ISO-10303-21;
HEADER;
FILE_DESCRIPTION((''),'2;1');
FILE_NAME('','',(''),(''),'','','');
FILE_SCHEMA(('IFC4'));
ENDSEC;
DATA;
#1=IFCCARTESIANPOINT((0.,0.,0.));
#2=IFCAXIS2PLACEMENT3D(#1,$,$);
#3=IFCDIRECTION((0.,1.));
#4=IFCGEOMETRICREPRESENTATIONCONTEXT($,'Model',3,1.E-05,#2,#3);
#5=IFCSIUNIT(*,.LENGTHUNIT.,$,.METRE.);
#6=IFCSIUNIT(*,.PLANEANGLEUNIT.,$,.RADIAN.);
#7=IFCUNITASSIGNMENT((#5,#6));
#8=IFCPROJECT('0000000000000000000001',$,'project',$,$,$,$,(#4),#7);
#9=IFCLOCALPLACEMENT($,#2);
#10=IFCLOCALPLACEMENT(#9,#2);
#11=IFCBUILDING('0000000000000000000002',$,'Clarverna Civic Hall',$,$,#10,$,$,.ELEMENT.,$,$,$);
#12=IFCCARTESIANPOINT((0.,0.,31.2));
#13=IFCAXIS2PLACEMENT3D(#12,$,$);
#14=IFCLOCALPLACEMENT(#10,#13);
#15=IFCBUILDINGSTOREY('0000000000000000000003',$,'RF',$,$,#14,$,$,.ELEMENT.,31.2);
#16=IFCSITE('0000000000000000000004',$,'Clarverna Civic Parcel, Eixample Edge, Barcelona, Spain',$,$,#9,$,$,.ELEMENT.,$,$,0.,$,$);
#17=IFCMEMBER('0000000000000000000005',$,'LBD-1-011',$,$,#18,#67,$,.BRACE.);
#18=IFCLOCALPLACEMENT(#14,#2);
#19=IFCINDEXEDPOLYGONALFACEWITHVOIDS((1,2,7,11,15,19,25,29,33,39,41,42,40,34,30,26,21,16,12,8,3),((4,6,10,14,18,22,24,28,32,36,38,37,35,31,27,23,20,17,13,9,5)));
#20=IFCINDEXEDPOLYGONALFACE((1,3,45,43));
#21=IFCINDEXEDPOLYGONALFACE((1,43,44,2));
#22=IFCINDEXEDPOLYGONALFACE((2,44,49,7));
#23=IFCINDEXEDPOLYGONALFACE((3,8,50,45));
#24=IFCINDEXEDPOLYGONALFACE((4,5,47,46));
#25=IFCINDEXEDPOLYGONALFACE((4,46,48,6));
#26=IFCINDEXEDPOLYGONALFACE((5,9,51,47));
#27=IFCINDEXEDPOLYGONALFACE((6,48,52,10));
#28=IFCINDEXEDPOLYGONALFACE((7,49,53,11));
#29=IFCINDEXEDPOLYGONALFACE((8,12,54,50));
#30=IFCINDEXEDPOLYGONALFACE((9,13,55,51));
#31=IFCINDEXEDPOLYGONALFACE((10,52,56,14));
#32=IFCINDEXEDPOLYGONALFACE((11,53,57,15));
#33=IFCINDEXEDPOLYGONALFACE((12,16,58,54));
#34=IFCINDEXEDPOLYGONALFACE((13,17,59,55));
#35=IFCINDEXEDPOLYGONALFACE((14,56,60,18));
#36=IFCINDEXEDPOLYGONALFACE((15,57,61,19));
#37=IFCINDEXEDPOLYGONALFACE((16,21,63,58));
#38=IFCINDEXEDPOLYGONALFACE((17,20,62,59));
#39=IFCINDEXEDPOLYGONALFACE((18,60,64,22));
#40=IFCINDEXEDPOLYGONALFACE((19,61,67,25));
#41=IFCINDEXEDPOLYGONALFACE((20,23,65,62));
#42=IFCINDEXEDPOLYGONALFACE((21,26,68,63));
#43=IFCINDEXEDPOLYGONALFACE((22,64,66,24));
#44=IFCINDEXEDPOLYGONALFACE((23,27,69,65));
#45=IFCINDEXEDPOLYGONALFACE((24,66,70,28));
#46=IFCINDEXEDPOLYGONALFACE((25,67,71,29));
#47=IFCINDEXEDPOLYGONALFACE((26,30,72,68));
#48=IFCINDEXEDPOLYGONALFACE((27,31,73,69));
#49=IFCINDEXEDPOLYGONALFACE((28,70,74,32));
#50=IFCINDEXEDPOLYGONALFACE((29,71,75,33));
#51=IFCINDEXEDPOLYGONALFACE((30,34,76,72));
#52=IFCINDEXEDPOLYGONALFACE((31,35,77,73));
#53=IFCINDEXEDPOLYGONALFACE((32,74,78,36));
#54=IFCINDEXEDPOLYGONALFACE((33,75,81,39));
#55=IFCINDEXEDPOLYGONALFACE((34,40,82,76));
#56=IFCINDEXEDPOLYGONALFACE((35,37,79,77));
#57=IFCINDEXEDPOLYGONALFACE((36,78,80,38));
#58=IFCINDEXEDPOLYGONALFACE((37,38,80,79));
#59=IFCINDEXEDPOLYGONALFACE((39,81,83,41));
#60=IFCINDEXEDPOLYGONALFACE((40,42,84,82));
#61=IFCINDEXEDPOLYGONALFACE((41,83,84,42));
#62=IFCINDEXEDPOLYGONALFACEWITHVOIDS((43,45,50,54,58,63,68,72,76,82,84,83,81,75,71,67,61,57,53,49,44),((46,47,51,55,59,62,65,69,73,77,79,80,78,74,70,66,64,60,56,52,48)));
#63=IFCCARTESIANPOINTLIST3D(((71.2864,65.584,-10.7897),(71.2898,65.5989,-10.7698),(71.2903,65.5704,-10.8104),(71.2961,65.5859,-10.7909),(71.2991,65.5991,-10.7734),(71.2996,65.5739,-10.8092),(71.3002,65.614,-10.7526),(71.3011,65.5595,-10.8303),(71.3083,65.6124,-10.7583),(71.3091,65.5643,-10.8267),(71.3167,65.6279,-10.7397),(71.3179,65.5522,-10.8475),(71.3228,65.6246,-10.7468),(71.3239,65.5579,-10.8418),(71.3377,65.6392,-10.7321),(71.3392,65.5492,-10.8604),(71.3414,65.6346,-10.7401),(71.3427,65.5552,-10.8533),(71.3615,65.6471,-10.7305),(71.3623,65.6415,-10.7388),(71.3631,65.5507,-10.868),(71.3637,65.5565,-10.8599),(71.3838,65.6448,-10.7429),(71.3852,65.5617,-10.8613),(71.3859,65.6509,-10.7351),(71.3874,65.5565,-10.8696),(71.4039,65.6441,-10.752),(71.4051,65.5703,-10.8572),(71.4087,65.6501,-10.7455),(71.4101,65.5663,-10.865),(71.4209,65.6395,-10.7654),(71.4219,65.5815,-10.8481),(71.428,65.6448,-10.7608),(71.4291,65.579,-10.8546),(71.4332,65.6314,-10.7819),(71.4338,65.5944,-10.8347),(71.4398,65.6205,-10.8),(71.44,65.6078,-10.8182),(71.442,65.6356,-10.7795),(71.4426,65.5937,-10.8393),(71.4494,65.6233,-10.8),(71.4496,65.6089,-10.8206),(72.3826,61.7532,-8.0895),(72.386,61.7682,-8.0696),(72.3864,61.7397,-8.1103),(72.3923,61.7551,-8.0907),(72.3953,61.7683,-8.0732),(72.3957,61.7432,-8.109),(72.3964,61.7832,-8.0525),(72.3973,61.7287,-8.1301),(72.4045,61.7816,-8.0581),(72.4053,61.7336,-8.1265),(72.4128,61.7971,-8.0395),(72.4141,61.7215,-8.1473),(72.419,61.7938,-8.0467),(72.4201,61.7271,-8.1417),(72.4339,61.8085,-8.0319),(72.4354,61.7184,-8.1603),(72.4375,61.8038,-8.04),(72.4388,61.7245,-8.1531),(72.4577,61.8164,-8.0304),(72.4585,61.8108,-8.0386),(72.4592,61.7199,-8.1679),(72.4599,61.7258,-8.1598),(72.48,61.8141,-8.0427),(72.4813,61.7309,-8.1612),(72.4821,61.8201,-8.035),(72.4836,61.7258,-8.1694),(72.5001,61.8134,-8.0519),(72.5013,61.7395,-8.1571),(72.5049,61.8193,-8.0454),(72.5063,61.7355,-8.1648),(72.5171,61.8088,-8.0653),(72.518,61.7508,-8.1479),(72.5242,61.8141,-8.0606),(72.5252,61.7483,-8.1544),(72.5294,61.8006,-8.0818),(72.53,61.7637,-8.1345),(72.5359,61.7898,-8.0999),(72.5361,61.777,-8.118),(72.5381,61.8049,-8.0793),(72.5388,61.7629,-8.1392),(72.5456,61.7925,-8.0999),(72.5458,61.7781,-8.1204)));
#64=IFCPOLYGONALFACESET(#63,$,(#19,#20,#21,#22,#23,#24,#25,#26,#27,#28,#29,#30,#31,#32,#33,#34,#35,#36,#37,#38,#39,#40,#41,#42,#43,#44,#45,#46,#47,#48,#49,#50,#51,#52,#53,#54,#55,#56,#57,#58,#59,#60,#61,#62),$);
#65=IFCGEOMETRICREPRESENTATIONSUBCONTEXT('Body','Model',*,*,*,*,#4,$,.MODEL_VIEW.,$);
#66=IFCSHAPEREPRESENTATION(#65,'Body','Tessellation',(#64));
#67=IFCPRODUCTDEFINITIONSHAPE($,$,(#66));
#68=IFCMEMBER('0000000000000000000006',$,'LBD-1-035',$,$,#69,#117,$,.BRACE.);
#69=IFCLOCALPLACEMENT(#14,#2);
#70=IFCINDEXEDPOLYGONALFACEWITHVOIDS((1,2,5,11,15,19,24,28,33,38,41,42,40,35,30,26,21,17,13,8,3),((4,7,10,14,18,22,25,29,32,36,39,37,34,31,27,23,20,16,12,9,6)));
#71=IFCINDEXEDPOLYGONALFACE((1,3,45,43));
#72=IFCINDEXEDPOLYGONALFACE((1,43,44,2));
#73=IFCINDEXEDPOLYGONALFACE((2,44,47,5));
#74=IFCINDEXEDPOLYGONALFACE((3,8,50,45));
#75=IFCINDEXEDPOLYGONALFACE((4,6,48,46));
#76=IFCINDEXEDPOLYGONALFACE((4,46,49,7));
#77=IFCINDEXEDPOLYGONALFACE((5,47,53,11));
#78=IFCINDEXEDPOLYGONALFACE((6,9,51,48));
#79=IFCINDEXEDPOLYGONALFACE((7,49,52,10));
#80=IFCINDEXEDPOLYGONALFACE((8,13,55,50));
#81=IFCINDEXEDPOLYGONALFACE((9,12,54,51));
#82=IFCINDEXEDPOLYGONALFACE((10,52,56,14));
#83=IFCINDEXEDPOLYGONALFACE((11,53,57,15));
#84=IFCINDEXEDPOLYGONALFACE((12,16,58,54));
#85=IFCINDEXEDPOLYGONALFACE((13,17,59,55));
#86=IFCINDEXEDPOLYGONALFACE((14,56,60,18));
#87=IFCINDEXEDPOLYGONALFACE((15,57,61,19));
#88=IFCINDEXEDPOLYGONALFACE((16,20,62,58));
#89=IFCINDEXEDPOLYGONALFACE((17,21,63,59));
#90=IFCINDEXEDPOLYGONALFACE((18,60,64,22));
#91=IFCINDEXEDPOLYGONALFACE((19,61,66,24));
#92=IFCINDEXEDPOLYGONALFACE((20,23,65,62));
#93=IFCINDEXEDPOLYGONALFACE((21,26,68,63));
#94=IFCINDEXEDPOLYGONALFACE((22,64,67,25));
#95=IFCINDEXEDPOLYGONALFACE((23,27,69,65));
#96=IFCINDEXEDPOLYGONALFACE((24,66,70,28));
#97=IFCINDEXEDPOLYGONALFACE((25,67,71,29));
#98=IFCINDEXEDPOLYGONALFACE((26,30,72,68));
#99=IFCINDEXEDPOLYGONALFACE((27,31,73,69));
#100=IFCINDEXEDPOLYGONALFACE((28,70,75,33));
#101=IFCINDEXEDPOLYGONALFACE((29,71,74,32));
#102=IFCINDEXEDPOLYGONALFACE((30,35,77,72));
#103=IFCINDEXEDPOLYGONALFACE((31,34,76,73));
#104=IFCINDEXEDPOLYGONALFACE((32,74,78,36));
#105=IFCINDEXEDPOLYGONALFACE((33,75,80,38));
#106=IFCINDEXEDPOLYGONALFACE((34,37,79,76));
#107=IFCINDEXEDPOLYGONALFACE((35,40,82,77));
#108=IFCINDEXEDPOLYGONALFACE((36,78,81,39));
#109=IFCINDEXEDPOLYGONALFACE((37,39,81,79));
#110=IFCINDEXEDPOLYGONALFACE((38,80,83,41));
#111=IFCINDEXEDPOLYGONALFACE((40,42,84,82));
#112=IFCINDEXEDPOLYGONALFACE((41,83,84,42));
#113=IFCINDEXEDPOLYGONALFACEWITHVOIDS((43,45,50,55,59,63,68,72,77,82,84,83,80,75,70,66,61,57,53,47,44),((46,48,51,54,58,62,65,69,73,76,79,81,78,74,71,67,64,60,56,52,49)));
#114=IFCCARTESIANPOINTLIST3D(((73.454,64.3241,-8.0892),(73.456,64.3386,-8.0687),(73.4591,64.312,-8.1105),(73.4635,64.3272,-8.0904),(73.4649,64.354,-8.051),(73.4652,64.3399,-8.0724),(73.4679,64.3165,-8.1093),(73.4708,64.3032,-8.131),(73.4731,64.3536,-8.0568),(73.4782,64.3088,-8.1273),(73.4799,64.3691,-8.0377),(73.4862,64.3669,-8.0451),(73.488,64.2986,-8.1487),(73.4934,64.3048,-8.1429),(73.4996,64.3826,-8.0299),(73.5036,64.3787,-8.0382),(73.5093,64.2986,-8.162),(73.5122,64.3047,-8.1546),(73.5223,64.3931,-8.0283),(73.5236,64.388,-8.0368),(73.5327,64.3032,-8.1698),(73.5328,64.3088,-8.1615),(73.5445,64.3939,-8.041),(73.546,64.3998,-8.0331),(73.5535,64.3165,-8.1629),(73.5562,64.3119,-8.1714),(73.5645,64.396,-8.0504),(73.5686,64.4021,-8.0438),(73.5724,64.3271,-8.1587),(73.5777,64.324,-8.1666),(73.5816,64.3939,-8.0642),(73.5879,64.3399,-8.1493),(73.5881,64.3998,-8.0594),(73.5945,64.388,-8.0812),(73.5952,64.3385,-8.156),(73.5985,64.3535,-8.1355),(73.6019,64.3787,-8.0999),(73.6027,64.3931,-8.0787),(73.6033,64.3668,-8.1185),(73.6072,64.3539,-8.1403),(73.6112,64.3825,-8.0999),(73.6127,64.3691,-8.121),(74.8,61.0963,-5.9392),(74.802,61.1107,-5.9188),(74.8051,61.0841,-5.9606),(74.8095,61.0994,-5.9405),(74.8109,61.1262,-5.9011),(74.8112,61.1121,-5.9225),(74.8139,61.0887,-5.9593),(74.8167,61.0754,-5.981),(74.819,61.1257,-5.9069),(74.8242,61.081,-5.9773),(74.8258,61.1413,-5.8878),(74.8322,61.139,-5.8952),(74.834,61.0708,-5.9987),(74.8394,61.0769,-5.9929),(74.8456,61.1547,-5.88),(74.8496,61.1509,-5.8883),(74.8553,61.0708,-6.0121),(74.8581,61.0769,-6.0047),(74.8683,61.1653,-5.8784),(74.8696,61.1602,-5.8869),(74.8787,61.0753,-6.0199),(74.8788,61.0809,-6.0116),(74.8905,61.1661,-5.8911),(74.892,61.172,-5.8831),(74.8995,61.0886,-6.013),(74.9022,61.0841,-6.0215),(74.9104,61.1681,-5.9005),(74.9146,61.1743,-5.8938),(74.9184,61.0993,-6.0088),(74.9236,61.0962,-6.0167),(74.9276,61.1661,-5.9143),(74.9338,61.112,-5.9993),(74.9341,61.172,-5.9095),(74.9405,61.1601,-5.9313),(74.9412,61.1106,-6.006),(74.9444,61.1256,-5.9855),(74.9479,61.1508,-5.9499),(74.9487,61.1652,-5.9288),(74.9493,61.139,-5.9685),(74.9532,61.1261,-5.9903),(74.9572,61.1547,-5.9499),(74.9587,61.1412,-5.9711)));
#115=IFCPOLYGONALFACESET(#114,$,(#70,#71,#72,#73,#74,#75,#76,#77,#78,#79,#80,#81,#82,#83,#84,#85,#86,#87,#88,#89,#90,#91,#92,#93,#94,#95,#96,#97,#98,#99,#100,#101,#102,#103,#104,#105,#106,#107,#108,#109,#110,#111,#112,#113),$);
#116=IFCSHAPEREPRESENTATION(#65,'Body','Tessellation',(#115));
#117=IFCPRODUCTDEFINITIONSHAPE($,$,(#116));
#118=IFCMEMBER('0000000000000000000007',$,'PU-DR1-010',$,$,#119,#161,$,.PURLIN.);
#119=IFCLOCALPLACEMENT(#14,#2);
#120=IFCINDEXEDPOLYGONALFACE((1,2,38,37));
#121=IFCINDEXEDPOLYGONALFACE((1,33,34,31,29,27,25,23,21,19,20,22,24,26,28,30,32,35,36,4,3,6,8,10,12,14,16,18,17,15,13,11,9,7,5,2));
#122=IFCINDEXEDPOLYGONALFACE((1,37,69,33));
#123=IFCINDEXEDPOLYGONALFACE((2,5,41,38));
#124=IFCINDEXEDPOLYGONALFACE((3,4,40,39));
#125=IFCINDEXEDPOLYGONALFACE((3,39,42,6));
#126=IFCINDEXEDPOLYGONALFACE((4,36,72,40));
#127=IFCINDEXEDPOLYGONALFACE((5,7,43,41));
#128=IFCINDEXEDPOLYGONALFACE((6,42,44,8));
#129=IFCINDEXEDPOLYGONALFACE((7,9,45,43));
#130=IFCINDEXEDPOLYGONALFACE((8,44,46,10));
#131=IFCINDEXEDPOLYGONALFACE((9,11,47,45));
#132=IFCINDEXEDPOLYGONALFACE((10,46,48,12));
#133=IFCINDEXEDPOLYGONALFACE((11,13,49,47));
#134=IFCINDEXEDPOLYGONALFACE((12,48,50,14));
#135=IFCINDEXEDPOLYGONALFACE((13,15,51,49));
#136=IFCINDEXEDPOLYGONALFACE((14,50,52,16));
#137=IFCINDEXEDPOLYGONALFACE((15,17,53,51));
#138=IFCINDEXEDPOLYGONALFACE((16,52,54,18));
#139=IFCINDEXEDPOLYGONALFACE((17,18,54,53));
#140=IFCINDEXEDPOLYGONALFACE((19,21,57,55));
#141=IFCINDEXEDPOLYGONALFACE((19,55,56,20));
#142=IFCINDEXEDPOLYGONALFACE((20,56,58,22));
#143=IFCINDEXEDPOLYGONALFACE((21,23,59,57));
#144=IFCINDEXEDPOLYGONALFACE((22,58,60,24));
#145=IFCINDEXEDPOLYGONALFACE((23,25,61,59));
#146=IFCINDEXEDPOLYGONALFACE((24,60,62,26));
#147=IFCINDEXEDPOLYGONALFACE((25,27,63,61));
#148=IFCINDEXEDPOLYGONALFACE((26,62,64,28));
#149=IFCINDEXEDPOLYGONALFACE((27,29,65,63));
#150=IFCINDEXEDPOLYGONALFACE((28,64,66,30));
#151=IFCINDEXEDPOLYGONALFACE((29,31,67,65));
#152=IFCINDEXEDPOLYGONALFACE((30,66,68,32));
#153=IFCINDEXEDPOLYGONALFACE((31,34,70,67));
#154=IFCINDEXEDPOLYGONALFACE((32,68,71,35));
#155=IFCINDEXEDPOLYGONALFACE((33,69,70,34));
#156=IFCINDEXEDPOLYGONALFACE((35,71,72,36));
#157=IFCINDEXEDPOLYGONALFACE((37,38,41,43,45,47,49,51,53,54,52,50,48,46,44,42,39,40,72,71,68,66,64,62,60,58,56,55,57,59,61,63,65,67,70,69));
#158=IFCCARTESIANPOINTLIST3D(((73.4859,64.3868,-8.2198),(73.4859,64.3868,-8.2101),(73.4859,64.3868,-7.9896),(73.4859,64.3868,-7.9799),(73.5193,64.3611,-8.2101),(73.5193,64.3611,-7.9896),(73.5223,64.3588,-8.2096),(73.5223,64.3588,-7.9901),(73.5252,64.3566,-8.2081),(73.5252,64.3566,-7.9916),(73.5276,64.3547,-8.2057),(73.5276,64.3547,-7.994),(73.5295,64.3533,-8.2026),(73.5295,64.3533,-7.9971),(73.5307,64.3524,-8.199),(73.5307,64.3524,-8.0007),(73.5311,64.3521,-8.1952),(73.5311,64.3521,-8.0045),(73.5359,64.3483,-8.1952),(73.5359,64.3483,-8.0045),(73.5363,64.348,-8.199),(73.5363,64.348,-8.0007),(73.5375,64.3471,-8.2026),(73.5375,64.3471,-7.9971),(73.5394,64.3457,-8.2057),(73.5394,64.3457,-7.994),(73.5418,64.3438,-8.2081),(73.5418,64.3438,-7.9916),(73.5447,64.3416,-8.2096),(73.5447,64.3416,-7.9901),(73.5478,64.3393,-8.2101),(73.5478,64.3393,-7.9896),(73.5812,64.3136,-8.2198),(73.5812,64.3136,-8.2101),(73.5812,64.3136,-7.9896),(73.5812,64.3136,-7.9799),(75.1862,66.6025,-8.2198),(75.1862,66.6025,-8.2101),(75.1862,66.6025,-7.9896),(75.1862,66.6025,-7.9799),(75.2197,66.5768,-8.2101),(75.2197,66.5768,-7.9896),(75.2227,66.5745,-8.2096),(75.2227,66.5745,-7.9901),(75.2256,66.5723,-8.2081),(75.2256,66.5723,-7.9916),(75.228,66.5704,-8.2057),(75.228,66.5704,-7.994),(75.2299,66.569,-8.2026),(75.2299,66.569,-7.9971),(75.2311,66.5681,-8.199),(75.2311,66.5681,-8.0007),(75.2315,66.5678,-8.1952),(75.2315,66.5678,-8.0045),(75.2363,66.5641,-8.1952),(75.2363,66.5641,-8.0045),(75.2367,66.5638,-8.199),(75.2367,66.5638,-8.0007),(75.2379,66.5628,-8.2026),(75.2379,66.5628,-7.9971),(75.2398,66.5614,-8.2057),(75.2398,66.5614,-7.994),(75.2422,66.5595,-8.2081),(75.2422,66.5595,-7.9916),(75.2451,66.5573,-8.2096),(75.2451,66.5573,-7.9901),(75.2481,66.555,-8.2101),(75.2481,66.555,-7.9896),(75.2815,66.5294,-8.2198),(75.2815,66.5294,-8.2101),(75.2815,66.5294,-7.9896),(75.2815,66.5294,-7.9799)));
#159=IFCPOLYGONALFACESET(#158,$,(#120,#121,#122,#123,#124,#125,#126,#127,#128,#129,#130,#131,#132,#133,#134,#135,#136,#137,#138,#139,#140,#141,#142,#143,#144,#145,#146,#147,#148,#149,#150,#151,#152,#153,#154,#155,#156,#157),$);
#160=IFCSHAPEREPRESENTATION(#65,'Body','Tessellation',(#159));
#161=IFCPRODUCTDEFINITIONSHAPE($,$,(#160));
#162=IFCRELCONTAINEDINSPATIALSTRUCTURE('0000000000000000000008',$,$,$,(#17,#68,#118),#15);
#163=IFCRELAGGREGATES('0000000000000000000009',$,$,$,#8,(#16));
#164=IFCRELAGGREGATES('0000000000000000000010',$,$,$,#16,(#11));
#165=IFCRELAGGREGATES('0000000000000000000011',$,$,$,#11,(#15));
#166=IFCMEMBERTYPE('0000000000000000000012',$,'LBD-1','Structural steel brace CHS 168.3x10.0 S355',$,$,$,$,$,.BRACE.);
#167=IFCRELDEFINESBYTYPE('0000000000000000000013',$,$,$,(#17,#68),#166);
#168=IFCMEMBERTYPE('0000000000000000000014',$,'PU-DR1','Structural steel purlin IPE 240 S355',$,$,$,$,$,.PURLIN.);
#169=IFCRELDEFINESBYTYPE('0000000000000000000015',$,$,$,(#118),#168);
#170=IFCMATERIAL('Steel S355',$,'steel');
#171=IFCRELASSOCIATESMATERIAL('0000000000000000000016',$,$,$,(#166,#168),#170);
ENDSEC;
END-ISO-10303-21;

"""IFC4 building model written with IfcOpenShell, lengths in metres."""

from ifc_helpers import new_model, si_unit, direction, frame, origin, origin_2d, place, context, subcontext, project, spatial, hollow_circle, i_section, extrude, material, material_profile, profile_set, type_object, element, save


model = new_model("IFC4")

# Units and contexts
model_context = context("Model", 3, precision=1e-05, world=origin(), true_north=direction((0.0, 1.0)))
body_context = subcontext(model_context, "Body", "Model", "MODEL_VIEW")
ifc_project = project(units=[si_unit("LENGTHUNIT", "METRE"), si_unit("PLANEANGLEUNIT", "RADIAN")], contexts=[model_context])

# Site, building, storey
site_placement = place(None, origin())
site = spatial("IfcSite", under=ifc_project, at=site_placement, Name="Clarverna Civic Parcel, Eixample Edge, Barcelona, Spain", CompositionType="ELEMENT", RefElevation=0.0)
building_placement = place(site_placement, origin())
building = spatial("IfcBuilding", under=site, at=building_placement, Name="Clarverna Civic Hall", CompositionType="ELEMENT")
storey_placement = place(building_placement, frame((0.0, 0.0, 31.2)))
storey = spatial("IfcBuildingStorey", under=building, at=storey_placement, Name="RF", CompositionType="ELEMENT", Elevation=31.2)

# Members
ifc_material_1 = material(Name="Steel S355", Category="steel")
ifc_material_profile_1 = material_profile(ifc_material_1, hollow_circle(Radius=0.0842, WallThickness=0.01, at=origin_2d()), Name="CHS 168.3x10.0")
ifc_profile_set_1 = profile_set([ifc_material_profile_1], Name="Steel S355")
member_type_1 = type_object("IfcMemberType", Name="LBD-1", Description="Structural steel brace CHS 168.3x10.0 S355", PredefinedType="BRACE", material=ifc_profile_set_1)
member_1_placement = place(storey_placement, frame((71.3684, 65.6001, -10.8), z_axis=(0.227742, -0.795881, 0.560987), x_axis=(0.961413, 0.27511, 0.0)))
element("IfcMember", 1, at=member_1_placement, inside=storey, type_object=member_type_1, Name="LBD-1-011", PredefinedType="BRACE", context=body_context, shape_type="SweptSolid", body=[
    extrude(hollow_circle(Radius=0.0842, WallThickness=0.01, at=origin_2d()), origin(), (0.0, 0.0, 1.0), 4.8132),
])
member_2_placement = place(storey_placement, frame((73.5334, 64.3501, -8.0999), z_axis=(0.327868, -0.786277, 0.523709), x_axis=(0.922972, 0.384868, 0.0)))
element("IfcMember", 2, at=member_2_placement, inside=storey, type_object=member_type_1, Name="LBD-1-035", PredefinedType="BRACE", context=body_context, shape_type="SweptSolid", body=[
    extrude(hollow_circle(Radius=0.0842, WallThickness=0.01, at=origin_2d()), origin(), (0.0, 0.0, 1.0), 4.1052),
])
ifc_material_profile_2 = material_profile(ifc_material_1, i_section(OverallWidth=0.1201, OverallDepth=0.24, WebThickness=0.0061, FlangeThickness=0.0098, FilletRadius=0.0149, at=origin_2d()), Name="IPE 240")
ifc_profile_set_2 = profile_set([ifc_material_profile_2], Name="Steel S355")
member_type_2 = type_object("IfcMemberType", Name="PU-DR1", Description="Structural steel purlin IPE 240 S355", PredefinedType="PURLIN", material=ifc_profile_set_2)
member_3_placement = place(storey_placement, frame((75.2339, 66.5659, -8.0999), z_axis=(-0.608802, -0.793322, 0.0), x_axis=(0.793322, -0.608802, 0.0)))
element("IfcMember", 3, at=member_3_placement, inside=storey, type_object=member_type_2, Name="PU-DR1-010", PredefinedType="PURLIN", context=body_context, shape_type="SweptSolid", body=[
    extrude(i_section(OverallWidth=0.1201, OverallDepth=0.24, WebThickness=0.0061, FlangeThickness=0.0098, FilletRadius=0.0149, at=origin_2d()), origin(), (0.0, 0.0, 1.0), 2.793),
])

save(model, "model.ifc")
